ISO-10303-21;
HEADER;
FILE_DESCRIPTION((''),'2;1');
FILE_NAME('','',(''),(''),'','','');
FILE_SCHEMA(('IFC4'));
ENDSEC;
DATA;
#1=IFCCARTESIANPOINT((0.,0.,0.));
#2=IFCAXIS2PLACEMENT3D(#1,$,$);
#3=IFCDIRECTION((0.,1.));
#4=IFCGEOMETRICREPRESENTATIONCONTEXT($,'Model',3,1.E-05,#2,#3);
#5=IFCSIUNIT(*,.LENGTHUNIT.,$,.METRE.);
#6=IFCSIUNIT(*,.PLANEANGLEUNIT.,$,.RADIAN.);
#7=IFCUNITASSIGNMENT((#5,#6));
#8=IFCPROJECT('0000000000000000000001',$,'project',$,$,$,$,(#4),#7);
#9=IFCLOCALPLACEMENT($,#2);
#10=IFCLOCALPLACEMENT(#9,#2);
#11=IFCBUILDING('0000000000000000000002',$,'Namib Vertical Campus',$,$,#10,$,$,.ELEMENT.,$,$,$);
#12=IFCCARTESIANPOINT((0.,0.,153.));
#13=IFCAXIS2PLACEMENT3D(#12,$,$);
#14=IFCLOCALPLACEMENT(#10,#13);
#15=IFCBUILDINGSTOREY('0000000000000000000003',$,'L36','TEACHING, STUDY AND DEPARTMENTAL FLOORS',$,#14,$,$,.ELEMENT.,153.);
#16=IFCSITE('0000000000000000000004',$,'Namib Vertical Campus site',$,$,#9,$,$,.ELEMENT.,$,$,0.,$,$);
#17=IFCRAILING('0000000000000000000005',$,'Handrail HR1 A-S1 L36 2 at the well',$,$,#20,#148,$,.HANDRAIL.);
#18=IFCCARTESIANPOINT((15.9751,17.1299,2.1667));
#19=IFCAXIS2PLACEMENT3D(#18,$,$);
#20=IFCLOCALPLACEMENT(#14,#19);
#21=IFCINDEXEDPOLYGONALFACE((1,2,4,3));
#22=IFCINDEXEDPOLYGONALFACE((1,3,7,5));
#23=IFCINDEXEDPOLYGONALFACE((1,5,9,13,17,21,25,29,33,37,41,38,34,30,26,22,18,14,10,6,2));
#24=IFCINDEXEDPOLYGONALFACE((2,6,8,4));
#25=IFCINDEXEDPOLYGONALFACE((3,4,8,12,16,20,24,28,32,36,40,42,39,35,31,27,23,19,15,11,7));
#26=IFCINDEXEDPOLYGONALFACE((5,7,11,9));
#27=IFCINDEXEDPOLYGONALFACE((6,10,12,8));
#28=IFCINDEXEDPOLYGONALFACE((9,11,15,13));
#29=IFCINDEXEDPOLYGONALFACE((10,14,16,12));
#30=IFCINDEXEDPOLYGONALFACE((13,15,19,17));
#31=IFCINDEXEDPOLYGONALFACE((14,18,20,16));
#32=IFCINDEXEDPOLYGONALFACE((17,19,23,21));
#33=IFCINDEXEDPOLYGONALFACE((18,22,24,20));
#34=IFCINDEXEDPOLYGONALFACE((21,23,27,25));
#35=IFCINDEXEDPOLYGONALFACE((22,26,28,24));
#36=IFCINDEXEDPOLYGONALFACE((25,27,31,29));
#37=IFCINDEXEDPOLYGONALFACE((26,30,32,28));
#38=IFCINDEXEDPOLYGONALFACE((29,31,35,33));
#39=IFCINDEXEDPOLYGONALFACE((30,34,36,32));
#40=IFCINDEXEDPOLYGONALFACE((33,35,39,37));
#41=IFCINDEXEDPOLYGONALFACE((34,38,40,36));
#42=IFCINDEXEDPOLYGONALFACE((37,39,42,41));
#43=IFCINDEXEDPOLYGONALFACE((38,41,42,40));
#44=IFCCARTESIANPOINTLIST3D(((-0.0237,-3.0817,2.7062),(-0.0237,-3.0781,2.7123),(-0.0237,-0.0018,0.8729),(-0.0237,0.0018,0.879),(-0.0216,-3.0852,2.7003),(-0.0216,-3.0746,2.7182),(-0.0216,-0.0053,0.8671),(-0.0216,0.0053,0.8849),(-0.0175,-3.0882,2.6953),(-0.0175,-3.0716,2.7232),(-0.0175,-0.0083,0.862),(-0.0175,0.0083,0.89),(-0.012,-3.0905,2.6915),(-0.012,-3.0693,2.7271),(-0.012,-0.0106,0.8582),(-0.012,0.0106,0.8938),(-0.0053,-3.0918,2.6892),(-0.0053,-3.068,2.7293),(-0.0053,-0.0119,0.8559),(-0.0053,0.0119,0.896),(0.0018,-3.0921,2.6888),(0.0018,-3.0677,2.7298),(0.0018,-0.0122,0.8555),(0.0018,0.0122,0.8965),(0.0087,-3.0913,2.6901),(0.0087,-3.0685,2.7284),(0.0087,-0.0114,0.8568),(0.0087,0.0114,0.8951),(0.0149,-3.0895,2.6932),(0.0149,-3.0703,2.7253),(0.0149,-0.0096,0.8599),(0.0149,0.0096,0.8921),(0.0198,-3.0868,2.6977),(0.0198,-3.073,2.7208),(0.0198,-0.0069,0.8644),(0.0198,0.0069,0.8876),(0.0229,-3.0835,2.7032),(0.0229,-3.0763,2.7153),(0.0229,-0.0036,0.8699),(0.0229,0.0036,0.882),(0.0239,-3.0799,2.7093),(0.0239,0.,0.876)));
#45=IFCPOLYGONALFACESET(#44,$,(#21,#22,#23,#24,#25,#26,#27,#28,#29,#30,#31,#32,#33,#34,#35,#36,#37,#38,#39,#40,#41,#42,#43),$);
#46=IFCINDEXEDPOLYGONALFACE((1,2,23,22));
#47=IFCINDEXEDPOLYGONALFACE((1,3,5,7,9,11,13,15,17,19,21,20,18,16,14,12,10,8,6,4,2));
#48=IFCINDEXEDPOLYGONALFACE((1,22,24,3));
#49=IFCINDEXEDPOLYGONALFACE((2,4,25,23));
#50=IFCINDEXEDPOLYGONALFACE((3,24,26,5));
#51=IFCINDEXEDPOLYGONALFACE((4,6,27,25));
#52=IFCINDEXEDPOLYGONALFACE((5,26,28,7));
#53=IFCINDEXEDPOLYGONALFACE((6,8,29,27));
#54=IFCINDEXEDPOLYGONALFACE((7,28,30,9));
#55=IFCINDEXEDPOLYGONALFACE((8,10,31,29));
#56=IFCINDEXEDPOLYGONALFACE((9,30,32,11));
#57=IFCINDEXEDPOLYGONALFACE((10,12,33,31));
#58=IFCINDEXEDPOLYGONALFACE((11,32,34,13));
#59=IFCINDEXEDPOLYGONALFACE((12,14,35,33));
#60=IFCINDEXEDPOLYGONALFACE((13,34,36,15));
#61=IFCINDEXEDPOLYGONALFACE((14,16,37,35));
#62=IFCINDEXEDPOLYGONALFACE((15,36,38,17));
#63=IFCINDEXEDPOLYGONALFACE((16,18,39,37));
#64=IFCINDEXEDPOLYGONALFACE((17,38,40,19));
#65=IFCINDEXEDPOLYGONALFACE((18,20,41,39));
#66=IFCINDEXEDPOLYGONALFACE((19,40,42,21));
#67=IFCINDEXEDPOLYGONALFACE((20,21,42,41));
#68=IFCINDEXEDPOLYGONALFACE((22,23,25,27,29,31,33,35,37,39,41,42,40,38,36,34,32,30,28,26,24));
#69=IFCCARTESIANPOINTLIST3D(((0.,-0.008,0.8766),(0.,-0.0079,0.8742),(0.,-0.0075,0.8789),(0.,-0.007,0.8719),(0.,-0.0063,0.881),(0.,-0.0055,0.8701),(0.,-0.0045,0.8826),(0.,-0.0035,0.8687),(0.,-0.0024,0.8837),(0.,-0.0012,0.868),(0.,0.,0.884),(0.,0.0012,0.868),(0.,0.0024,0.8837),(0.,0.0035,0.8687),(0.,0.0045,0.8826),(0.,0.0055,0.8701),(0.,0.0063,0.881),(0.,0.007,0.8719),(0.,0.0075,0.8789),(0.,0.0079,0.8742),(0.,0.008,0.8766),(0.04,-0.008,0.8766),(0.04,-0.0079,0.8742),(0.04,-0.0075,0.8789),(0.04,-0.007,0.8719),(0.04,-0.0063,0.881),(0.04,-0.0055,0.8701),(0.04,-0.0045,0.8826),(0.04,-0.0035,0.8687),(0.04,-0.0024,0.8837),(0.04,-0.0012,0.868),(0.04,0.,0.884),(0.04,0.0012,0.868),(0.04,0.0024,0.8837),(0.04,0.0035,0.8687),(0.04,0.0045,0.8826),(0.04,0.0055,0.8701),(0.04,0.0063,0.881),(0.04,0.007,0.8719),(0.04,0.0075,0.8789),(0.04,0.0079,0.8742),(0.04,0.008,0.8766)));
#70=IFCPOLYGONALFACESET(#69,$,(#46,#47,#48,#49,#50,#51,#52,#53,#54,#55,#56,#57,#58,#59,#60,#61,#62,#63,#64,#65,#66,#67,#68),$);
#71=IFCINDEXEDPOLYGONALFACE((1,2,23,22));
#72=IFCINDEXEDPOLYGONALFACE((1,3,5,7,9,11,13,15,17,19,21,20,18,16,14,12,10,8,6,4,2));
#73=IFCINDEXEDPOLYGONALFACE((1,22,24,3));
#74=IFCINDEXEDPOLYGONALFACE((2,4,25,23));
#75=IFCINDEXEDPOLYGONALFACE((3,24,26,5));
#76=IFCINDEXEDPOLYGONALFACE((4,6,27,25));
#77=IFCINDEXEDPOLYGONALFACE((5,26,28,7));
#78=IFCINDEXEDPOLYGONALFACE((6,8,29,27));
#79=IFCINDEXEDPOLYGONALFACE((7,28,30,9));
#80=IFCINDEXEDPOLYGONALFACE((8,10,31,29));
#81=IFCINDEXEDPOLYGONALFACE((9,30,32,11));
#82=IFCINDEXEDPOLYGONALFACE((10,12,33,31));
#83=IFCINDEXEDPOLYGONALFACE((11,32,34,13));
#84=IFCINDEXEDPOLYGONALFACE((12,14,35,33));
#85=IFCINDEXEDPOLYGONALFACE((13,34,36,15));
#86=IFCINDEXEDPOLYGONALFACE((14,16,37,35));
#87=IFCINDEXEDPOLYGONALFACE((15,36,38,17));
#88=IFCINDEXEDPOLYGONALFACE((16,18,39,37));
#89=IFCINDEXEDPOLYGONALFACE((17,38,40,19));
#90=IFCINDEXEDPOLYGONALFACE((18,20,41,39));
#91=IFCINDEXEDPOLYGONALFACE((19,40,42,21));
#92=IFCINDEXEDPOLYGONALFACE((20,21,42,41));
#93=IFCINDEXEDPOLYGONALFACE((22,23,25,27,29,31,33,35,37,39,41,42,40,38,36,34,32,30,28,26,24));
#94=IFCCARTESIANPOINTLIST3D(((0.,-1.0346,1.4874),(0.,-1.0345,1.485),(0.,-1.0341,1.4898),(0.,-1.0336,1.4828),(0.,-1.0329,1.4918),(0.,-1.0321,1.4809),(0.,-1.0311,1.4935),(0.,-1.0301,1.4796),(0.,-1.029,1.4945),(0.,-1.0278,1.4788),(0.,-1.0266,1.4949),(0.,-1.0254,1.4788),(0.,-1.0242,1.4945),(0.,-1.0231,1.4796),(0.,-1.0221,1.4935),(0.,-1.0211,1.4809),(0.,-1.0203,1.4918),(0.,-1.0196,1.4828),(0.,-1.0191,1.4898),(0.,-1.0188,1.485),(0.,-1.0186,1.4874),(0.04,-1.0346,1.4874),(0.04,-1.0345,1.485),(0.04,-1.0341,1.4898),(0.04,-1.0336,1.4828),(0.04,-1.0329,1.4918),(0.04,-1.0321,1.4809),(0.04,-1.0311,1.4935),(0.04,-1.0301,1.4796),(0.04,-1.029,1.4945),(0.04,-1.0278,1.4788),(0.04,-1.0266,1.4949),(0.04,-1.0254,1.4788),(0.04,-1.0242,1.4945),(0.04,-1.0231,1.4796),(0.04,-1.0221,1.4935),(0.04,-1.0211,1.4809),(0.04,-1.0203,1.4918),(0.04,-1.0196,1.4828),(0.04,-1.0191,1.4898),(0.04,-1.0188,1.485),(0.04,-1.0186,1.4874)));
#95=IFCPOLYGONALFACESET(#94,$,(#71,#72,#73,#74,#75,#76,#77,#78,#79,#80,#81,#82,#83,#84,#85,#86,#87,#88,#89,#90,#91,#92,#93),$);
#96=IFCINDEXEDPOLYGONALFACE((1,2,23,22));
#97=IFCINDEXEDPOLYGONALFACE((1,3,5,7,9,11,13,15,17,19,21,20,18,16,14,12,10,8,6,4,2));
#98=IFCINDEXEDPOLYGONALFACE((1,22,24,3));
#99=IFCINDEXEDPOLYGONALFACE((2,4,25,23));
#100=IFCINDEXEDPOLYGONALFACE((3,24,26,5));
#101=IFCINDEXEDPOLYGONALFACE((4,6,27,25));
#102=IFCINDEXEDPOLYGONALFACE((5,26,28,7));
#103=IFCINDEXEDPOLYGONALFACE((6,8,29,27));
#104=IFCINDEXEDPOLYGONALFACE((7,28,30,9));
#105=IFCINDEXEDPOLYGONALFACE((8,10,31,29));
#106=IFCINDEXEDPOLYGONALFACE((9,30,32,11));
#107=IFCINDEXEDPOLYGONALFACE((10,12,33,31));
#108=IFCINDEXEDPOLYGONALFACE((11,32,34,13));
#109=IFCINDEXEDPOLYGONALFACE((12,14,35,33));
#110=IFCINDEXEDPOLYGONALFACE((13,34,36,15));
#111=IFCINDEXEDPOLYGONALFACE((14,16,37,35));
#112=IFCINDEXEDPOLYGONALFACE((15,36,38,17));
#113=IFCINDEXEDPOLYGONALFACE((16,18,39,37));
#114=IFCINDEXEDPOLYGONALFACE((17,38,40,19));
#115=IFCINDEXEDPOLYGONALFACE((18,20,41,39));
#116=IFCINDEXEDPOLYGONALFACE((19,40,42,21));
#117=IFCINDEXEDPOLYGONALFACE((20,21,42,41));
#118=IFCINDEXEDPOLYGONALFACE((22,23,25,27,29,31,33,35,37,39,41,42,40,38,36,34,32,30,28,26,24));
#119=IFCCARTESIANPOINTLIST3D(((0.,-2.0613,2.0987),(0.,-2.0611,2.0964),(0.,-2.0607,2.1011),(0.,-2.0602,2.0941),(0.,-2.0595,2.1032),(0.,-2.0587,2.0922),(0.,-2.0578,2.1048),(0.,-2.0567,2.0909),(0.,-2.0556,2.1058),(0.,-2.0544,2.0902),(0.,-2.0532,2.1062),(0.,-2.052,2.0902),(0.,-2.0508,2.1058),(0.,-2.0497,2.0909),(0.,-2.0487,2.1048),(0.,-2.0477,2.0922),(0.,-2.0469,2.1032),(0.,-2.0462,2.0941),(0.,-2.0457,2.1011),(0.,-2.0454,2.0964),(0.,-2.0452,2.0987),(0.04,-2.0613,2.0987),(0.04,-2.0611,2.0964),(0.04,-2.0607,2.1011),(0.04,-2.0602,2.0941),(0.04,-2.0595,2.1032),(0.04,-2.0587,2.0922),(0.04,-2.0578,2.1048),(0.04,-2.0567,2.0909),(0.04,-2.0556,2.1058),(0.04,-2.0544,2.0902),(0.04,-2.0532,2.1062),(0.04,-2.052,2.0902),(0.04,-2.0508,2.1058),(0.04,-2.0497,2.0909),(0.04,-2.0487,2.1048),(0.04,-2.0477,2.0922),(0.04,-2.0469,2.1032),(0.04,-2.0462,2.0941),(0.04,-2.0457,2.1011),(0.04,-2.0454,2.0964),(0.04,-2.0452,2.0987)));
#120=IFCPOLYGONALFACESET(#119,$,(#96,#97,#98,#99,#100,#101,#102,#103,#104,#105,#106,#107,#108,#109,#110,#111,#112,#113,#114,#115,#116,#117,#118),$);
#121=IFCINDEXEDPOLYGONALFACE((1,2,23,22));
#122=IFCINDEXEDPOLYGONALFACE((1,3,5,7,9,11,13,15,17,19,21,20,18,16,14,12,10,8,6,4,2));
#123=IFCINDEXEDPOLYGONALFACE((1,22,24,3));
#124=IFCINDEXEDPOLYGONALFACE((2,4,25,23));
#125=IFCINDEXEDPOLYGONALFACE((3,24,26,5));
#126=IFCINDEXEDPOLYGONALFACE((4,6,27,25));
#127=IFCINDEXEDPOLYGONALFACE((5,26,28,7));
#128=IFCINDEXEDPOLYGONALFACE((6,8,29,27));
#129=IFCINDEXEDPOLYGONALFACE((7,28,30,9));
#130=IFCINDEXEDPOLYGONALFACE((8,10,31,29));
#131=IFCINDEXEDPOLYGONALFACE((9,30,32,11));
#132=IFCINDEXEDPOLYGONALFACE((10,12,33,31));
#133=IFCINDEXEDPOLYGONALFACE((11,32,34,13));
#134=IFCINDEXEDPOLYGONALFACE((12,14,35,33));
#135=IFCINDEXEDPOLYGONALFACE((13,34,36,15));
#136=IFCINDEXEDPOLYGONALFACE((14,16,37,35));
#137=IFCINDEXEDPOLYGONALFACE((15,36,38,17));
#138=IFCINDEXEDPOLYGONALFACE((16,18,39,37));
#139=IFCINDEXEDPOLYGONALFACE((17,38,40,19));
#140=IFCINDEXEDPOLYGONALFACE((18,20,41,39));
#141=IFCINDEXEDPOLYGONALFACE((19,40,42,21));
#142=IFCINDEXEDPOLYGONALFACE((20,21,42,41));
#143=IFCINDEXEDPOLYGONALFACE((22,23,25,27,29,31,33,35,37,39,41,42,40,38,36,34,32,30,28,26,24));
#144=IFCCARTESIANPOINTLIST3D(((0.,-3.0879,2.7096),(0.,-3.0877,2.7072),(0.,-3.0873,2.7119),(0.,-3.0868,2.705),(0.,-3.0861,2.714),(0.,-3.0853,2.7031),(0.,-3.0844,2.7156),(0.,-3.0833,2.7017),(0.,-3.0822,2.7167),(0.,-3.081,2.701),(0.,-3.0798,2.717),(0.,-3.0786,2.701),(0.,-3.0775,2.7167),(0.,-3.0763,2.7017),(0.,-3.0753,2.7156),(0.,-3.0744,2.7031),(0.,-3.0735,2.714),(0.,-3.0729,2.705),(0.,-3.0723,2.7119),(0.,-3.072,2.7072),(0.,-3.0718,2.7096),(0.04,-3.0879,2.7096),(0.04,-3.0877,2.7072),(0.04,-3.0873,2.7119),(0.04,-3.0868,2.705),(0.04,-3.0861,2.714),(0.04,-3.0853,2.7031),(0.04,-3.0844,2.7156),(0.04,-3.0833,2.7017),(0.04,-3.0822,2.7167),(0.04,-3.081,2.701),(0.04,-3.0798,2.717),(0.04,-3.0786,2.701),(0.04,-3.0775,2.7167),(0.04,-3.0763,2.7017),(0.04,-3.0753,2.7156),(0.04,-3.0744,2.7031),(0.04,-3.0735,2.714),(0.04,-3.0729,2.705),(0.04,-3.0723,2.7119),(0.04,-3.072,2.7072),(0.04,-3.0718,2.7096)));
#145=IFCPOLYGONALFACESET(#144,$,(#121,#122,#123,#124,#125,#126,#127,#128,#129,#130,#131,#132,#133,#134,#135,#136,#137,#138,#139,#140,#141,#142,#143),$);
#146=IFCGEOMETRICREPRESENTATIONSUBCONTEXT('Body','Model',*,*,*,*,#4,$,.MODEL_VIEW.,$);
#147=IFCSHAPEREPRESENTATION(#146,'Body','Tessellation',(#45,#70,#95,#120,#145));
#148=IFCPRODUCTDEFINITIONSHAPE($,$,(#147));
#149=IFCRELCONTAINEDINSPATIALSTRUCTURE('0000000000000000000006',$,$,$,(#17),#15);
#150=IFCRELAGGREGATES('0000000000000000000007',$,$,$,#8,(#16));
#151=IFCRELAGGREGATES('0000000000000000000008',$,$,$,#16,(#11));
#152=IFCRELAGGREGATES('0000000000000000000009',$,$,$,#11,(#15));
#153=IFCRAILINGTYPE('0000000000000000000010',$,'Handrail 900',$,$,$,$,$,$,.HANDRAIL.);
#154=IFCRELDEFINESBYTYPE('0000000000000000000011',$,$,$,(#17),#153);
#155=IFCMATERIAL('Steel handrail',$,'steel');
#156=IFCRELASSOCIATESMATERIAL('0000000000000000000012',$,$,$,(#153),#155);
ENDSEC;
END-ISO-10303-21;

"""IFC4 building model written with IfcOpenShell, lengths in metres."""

from ifc_helpers import new_model, si_unit, direction, frame, origin, origin_2d, place, context, subcontext, project, spatial, circle, extrude, material, type_object, element, save


model = new_model("IFC4")

# Units and contexts
model_context = context("Model", 3, precision=1e-05, world=origin(), true_north=direction((0.0, 1.0)))
body_context = subcontext(model_context, "Body", "Model", "MODEL_VIEW")
ifc_project = project(units=[si_unit("LENGTHUNIT", "METRE"), si_unit("PLANEANGLEUNIT", "RADIAN")], contexts=[model_context])

# Site, building, storey
site_placement = place(None, origin())
site = spatial("IfcSite", under=ifc_project, at=site_placement, Name="Namib Vertical Campus site", CompositionType="ELEMENT", RefElevation=0.0)
building_placement = place(site_placement, origin())
building = spatial("IfcBuilding", under=site, at=building_placement, Name="Namib Vertical Campus", CompositionType="ELEMENT")
storey_placement = place(building_placement, frame((0.0, 0.0, 153.0)))
storey = spatial("IfcBuildingStorey", under=building, at=storey_placement, Name="L36", Description="TEACHING, STUDY AND DEPARTMENTAL FLOORS", CompositionType="ELEMENT", Elevation=153.0)

# Railing
ifc_material_1 = material(Name="Steel handrail", Category="steel")
railing_type_1 = type_object("IfcRailingType", Name="Handrail 900", PredefinedType="HANDRAIL", material=ifc_material_1)
railing_1_placement = place(storey_placement, frame((15.9751, 17.1299, 2.1667)))
element("IfcRailing", 1, at=railing_1_placement, inside=storey, type_object=railing_type_1, Name="Handrail HR1 A-S1 L36 2 at the well", PredefinedType="HANDRAIL", context=body_context, shape_type="SweptSolid", body=[
    extrude(circle(Radius=0.0239, at=origin_2d()), frame((0.0, 0.0, 0.876), z_axis=(0.0, -0.859291, 0.511487), x_axis=(1.0, 0.0, 0.0)), (0.0, 0.0, 1.0), 3.5842),
    extrude(circle(Radius=0.0081, at=origin_2d()), frame((0.0, 0.0, 0.876), z_axis=(1.0, 0.0, 0.0), x_axis=(0.0, 0.0, 1.0)), (0.0, 0.0, 1.0), 0.04),
    extrude(circle(Radius=0.0081, at=origin_2d()), frame((0.0, -1.0266, 1.4868), z_axis=(1.0, 0.0, 0.0), x_axis=(0.0, 0.0, 1.0)), (0.0, 0.0, 1.0), 0.04),
    extrude(circle(Radius=0.0081, at=origin_2d()), frame((0.0, -2.0532, 2.0981), z_axis=(1.0, 0.0, 0.0), x_axis=(0.0, 0.0, 1.0)), (0.0, 0.0, 1.0), 0.04),
    extrude(circle(Radius=0.0081, at=origin_2d()), frame((0.0, -3.0798, 2.709), z_axis=(1.0, 0.0, 0.0), x_axis=(0.0, 0.0, 1.0)), (0.0, 0.0, 1.0), 0.04),
])

save(model, "model.ifc")
